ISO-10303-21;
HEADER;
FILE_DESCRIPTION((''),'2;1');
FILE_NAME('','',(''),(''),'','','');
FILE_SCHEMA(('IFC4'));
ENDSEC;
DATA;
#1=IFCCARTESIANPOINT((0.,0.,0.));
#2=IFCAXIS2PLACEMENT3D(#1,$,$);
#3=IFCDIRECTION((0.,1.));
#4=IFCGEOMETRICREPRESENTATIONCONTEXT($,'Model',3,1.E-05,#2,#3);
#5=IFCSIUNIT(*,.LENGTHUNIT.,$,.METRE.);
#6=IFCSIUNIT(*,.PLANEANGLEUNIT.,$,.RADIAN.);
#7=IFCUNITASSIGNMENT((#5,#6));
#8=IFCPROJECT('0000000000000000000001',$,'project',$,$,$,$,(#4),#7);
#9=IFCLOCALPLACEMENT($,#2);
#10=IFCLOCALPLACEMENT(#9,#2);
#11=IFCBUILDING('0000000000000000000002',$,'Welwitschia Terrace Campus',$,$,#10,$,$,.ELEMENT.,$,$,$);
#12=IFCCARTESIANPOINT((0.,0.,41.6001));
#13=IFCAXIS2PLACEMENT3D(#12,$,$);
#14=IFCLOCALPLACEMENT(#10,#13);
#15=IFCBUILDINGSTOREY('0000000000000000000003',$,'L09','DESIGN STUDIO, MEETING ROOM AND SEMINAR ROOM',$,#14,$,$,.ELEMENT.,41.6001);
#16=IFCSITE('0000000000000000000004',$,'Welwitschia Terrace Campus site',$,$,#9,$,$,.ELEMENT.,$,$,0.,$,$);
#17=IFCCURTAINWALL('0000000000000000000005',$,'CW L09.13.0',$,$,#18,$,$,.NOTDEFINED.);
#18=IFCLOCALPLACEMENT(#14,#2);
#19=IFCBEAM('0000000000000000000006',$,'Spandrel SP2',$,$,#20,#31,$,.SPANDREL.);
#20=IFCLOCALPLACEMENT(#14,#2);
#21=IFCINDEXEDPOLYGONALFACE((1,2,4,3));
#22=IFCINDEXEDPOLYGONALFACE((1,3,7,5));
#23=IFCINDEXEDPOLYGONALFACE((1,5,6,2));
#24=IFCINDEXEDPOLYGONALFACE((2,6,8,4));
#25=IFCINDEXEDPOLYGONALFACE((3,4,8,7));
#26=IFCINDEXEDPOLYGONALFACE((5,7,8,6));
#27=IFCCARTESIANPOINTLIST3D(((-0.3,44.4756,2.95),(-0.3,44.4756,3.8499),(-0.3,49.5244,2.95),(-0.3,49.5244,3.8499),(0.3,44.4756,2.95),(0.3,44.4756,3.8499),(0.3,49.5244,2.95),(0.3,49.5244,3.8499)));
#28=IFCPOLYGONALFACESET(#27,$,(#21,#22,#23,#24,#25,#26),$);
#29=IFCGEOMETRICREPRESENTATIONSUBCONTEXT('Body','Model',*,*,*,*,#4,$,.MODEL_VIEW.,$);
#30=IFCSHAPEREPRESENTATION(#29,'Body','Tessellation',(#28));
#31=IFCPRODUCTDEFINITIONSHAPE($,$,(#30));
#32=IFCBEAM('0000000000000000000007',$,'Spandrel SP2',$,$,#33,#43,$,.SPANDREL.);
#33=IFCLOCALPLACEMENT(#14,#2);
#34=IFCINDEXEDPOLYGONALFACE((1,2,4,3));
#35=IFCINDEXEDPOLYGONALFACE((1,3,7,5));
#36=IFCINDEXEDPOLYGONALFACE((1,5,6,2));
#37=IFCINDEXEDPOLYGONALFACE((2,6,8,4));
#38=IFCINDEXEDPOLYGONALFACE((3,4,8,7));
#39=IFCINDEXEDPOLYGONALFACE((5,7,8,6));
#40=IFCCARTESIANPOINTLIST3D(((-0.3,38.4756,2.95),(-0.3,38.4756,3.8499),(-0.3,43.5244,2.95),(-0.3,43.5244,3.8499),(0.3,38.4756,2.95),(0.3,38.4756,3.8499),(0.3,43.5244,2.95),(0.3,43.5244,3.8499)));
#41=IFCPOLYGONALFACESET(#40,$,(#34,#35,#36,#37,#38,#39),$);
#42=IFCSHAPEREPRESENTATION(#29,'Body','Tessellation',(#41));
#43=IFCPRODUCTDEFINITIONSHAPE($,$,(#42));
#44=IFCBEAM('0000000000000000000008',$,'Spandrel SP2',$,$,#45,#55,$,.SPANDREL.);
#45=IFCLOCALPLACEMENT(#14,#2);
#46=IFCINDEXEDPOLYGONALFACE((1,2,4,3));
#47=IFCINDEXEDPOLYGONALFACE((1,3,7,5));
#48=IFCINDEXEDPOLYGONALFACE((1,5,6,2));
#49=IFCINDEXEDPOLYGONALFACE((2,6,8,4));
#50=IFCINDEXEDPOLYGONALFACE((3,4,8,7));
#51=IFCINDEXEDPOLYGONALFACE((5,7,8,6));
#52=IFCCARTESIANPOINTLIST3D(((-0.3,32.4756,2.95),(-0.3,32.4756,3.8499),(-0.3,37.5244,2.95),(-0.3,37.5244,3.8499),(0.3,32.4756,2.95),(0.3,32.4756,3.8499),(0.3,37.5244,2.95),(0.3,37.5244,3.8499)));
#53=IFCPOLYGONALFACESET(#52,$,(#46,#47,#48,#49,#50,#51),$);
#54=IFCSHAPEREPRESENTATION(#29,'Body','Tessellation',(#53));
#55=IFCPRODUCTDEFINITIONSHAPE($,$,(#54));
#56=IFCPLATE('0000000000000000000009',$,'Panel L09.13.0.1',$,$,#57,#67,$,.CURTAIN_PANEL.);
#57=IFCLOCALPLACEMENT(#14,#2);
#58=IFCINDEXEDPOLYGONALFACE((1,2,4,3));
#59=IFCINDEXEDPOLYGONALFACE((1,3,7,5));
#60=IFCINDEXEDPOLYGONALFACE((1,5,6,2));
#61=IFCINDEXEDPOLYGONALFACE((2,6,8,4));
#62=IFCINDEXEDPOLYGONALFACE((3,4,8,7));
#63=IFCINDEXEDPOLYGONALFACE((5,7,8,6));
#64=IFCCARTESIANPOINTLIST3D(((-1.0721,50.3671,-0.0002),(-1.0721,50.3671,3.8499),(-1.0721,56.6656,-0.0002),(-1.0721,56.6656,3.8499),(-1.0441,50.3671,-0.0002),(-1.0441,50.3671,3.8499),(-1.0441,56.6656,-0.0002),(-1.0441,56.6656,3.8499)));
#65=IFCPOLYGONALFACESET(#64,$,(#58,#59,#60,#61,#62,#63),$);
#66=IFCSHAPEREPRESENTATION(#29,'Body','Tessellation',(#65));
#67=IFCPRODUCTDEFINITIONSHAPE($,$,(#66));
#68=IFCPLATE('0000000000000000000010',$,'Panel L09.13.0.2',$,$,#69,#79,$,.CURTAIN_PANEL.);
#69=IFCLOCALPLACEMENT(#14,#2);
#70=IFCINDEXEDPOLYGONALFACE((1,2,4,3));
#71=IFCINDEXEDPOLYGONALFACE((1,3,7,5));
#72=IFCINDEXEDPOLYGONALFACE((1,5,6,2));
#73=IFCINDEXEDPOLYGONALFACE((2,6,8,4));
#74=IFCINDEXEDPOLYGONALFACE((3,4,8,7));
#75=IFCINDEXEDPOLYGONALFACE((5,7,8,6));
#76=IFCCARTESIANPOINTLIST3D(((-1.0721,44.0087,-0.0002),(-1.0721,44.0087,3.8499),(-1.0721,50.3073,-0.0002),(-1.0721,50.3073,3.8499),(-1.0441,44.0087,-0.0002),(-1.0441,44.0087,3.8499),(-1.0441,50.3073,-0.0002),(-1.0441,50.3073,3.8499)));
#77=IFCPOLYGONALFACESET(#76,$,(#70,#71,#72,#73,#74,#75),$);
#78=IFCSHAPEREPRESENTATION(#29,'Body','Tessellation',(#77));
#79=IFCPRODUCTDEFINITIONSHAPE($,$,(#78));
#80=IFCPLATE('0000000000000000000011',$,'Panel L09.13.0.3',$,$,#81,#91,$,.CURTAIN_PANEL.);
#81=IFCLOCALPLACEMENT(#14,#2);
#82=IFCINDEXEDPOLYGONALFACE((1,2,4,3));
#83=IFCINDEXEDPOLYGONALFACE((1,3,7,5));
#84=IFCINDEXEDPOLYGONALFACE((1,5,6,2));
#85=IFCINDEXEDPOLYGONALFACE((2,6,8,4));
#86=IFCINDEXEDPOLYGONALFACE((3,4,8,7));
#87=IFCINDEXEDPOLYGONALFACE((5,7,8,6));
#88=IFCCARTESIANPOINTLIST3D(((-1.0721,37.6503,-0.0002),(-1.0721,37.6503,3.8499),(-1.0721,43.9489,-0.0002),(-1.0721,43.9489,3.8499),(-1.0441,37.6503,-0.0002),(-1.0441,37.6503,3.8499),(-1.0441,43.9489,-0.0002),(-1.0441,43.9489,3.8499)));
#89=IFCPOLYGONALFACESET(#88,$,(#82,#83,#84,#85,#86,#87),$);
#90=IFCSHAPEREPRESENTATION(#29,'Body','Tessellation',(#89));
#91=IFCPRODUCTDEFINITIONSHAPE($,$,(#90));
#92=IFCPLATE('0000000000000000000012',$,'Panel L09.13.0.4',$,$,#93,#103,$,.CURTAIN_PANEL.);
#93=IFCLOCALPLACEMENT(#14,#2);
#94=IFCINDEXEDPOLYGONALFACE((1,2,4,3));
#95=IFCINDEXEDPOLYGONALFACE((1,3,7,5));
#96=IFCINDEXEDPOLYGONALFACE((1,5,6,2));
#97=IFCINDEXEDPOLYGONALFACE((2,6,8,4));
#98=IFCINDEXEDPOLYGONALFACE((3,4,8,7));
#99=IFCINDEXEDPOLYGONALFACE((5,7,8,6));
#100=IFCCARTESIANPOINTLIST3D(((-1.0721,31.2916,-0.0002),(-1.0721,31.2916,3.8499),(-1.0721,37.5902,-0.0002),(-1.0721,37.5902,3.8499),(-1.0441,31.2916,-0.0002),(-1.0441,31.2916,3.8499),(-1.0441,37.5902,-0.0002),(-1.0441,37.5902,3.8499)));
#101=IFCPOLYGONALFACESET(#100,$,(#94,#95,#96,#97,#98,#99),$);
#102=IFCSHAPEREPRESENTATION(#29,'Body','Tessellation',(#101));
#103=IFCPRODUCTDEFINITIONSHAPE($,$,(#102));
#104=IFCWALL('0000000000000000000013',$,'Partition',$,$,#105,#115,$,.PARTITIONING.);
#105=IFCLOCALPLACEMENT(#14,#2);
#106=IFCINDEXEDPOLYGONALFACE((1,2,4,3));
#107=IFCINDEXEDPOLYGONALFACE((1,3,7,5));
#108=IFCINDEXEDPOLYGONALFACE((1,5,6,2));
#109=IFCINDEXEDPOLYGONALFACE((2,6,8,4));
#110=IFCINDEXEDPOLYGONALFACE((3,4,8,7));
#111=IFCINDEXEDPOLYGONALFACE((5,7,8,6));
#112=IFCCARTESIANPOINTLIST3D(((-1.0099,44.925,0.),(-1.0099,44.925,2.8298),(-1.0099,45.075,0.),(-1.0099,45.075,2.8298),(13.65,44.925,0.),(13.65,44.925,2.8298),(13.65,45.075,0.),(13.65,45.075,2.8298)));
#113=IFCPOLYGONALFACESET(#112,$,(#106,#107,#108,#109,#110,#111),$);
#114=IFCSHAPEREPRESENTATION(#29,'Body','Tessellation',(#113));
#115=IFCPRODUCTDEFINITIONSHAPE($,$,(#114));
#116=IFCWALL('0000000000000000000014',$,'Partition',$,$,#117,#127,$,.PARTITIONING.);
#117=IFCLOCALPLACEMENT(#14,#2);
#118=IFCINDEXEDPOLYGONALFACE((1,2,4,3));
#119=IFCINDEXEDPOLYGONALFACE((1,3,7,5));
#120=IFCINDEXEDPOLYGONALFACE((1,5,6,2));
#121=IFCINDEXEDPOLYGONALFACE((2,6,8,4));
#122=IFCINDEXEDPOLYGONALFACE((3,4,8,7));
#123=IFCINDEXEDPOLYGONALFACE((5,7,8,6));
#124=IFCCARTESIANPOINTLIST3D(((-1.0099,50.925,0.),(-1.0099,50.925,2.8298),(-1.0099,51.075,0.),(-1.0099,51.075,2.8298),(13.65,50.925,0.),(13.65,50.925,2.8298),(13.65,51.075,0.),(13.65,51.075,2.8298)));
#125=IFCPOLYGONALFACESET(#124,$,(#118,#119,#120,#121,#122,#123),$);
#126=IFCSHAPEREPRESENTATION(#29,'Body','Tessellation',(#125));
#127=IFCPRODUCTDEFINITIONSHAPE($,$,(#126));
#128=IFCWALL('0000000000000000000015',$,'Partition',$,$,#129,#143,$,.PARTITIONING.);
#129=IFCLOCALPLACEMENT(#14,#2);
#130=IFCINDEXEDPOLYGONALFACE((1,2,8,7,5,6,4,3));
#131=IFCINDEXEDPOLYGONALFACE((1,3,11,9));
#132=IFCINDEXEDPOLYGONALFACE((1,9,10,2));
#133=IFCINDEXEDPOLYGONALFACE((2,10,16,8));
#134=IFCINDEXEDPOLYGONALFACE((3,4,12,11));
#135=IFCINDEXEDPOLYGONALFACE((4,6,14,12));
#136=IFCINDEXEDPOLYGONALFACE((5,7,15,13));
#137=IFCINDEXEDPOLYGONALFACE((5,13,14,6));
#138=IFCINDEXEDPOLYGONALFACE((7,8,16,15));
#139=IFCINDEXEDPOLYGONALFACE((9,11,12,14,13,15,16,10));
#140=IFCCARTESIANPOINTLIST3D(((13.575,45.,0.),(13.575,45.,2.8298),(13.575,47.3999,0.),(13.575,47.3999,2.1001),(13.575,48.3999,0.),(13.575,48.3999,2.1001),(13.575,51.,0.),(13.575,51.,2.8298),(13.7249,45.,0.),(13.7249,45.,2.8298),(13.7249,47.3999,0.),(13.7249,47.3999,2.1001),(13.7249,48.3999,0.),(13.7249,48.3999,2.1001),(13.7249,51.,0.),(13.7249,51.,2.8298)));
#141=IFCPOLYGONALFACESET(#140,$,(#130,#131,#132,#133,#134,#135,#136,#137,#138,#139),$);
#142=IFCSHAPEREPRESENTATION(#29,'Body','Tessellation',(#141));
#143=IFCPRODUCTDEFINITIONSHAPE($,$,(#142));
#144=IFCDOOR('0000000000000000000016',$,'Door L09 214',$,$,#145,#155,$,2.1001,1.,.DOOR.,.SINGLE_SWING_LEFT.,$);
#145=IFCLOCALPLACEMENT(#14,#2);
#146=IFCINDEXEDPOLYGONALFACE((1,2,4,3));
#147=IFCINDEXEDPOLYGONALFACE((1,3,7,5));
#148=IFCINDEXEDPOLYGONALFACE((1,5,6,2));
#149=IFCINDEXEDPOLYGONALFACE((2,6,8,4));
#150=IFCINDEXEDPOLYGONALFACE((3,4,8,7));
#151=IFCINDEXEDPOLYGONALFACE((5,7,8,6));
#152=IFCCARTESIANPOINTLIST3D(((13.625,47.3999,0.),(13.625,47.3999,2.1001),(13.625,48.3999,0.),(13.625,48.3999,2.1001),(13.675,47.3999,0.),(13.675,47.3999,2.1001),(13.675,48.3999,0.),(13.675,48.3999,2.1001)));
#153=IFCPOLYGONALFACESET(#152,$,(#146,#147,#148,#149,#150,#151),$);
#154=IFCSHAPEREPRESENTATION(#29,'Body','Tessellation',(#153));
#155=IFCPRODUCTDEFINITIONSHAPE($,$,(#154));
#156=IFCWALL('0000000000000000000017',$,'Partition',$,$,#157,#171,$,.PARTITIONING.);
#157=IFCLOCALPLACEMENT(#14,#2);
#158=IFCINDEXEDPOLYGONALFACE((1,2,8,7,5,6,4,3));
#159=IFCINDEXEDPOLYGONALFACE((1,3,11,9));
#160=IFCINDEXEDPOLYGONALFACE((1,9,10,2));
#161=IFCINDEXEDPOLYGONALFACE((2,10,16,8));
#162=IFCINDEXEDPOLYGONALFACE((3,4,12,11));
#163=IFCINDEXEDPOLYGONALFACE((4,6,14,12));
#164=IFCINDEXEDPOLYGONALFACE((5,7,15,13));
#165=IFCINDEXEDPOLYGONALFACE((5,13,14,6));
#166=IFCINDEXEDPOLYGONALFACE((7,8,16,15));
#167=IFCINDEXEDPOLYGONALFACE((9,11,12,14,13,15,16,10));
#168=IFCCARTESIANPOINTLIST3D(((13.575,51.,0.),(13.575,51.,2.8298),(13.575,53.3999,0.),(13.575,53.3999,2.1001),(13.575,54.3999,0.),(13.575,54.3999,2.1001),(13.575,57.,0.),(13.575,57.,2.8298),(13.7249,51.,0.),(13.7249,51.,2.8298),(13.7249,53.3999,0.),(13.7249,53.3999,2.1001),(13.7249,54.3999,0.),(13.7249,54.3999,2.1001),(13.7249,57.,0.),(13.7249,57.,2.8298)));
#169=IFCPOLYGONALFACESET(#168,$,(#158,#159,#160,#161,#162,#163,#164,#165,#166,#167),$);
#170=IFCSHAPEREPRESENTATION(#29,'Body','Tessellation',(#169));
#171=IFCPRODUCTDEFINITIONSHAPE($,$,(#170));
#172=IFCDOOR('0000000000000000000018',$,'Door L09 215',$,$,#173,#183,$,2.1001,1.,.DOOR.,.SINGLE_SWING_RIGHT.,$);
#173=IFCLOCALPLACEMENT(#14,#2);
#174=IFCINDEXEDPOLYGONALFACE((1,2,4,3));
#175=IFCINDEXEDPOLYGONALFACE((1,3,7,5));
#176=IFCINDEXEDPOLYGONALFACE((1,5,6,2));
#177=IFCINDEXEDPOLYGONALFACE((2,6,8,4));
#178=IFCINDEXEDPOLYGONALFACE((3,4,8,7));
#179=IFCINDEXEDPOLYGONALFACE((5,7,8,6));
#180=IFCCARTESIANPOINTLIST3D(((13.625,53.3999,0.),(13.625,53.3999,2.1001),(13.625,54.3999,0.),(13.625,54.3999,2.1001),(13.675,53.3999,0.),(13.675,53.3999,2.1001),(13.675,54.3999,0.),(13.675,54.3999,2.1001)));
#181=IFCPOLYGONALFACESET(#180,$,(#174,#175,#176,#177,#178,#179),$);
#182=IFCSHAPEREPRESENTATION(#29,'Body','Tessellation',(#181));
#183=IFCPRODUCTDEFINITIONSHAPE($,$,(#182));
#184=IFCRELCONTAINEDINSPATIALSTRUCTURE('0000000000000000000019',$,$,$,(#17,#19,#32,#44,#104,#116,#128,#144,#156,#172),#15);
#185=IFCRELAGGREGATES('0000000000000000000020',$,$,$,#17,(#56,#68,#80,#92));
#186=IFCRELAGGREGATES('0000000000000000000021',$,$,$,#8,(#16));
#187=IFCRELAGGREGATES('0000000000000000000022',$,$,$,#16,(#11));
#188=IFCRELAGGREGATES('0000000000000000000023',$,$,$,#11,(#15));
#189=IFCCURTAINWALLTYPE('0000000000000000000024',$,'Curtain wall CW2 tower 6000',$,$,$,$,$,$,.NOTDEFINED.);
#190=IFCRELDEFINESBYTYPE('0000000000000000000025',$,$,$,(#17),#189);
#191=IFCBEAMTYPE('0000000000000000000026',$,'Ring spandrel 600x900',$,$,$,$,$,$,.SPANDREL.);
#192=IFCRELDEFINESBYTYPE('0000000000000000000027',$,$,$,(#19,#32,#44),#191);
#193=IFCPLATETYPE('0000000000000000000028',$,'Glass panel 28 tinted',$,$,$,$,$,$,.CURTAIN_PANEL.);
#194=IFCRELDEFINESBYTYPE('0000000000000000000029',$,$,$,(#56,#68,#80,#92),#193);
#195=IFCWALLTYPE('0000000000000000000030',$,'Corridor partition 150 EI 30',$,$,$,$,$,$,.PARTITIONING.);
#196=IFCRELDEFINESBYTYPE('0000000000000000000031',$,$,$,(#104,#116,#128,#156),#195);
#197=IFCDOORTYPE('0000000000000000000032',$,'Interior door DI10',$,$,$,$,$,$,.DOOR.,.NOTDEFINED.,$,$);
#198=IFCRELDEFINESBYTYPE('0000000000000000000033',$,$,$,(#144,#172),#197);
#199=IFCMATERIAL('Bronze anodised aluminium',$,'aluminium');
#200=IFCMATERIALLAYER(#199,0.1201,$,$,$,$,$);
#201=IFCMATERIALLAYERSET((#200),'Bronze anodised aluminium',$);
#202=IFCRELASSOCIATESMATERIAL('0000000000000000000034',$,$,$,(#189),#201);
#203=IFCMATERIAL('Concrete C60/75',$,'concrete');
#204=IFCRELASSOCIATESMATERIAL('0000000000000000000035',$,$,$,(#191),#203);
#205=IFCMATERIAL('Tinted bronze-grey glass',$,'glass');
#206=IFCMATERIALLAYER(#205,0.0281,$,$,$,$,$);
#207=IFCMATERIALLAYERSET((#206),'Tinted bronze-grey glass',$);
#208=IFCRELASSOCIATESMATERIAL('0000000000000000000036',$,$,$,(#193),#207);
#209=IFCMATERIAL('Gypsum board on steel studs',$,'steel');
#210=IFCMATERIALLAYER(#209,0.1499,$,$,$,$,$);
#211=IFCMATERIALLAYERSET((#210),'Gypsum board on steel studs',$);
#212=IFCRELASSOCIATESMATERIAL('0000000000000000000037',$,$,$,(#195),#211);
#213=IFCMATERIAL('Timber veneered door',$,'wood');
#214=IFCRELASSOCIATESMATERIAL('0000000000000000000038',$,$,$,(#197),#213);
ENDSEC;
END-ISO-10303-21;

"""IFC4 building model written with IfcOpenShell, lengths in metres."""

from ifc_helpers import new_model, si_unit, direction, frame, frame_2d, origin, origin_2d, place, context, subcontext, project, spatial, rectangle, extrude, material, layer, layer_set, material_profile, profile_set, type_object, element, fill, aggregate, save


model = new_model("IFC4")

# Units and contexts
model_context = context("Model", 3, precision=1e-05, world=origin(), true_north=direction((0.0, 1.0)))
body_context = subcontext(model_context, "Body", "Model", "MODEL_VIEW")
ifc_project = project(units=[si_unit("LENGTHUNIT", "METRE"), si_unit("PLANEANGLEUNIT", "RADIAN")], contexts=[model_context])

# Site, building, storey
site_placement = place(None, origin())
site = spatial("IfcSite", under=ifc_project, at=site_placement, Name="Welwitschia Terrace Campus site", CompositionType="ELEMENT", RefElevation=0.0)
building_placement = place(site_placement, origin())
building = spatial("IfcBuilding", under=site, at=building_placement, Name="Welwitschia Terrace Campus", CompositionType="ELEMENT")
storey_placement = place(building_placement, frame((0.0, 0.0, 41.6001)))
storey = spatial("IfcBuildingStorey", under=building, at=storey_placement, Name="L09", Description="DESIGN STUDIO, MEETING ROOM AND SEMINAR ROOM", CompositionType="ELEMENT", Elevation=41.6001)

# Curtain wall
ifc_material_1 = material(Name="Bronze anodised aluminium", Category="aluminium")
ifc_layer_1 = layer(ifc_material_1, 0.1201)
ifc_layer_set_1 = layer_set([ifc_layer_1], Name="Bronze anodised aluminium")
curtain_wall_type = type_object("IfcCurtainWallType", Name="Curtain wall CW2 tower 6000", PredefinedType="NOTDEFINED", material=ifc_layer_set_1)
curtain_wall_placement = place(storey_placement, origin())
curtain_wall = element("IfcCurtainWall", 1, at=curtain_wall_placement, inside=storey, type_object=curtain_wall_type, Name="CW L09.13.0", PredefinedType="NOTDEFINED")

# Beams
ifc_material_2 = material(Name="Concrete C60/75", Category="concrete")
ifc_material_profile_1 = material_profile(ifc_material_2, rectangle(XDim=0.6001, YDim=0.8999, at=origin_2d()))
ifc_profile_set_1 = profile_set([ifc_material_profile_1], Name="Concrete C60/75")
beam_type_1 = type_object("IfcBeamType", Name="Ring spandrel 600x900", PredefinedType="SPANDREL", material=ifc_profile_set_1)
for number, where, z_axis, x_axis, name in (
    (2, (0.0, 49.5244, 3.3999), (0.0, -1.0, 0.0), (1.0, 0.0, 0.0), "Spandrel SP2"),
    (3, (0.0, 43.5244, 3.3999), (0.0, -1.0, 0.0), (1.0, 0.0, 0.0), "Spandrel SP2"),
    (4, (0.0, 37.5244, 3.3999), (0.0, -1.0, 0.0), (1.0, 0.0, 0.0), "Spandrel SP2"),
):
    element("IfcBeam", number, at=place(storey_placement, frame(where, z_axis=z_axis, x_axis=x_axis)), inside=storey, type_object=beam_type_1, Name=name, PredefinedType="SPANDREL", context=body_context, shape_type="SweptSolid", body=[
        extrude(rectangle(XDim=0.6001, YDim=0.8999, at=origin_2d()), origin(), (0.0, 0.0, 1.0), 5.0488),
    ])

# Plates
ifc_material_3 = material(Name="Tinted bronze-grey glass", Category="glass")
ifc_layer_2 = layer(ifc_material_3, 0.0281)
ifc_layer_set_2 = layer_set([ifc_layer_2], Name="Tinted bronze-grey glass")
plate_type = type_object("IfcPlateType", Name="Glass panel 28 tinted", PredefinedType="CURTAIN_PANEL", material=ifc_layer_set_2)
plate_1_placement = place(storey_placement, frame((-1.0581, 53.5164, -0.0002), z_axis=(0.0, 0.0, 1.0), x_axis=(0.0, -1.0, 0.0)))
plate_1 = element("IfcPlate", 5, at=plate_1_placement, type_object=plate_type, Name="Panel L09.13.0.1", PredefinedType="CURTAIN_PANEL", context=body_context, shape_type="SweptSolid", body=[
    extrude(rectangle(XDim=6.2986, YDim=0.0281, at=origin_2d()), origin(), (0.0, 0.0, 1.0), 3.8501),
])
plate_2_placement = place(storey_placement, frame((-1.0581, 47.158, -0.0002), z_axis=(0.0, 0.0, 1.0), x_axis=(0.0, -1.0, 0.0)))
plate_2 = element("IfcPlate", 6, at=plate_2_placement, type_object=plate_type, Name="Panel L09.13.0.2", PredefinedType="CURTAIN_PANEL", context=body_context, shape_type="SweptSolid", body=[
    extrude(rectangle(XDim=6.2986, YDim=0.0281, at=origin_2d()), origin(), (0.0, 0.0, 1.0), 3.8501),
])
plate_3_placement = place(storey_placement, frame((-1.0581, 40.7996, -0.0002), z_axis=(0.0, 0.0, 1.0), x_axis=(0.0, -1.0, 0.0)))
plate_3 = element("IfcPlate", 7, at=plate_3_placement, type_object=plate_type, Name="Panel L09.13.0.3", PredefinedType="CURTAIN_PANEL", context=body_context, shape_type="SweptSolid", body=[
    extrude(rectangle(XDim=6.2986, YDim=0.0281, at=origin_2d()), origin(), (0.0, 0.0, 1.0), 3.8501),
])
plate_4_placement = place(storey_placement, frame((-1.0581, 34.4409, -0.0002), z_axis=(0.0, 0.0, 1.0), x_axis=(0.0, -1.0, 0.0)))
plate_4 = element("IfcPlate", 8, at=plate_4_placement, type_object=plate_type, Name="Panel L09.13.0.4", PredefinedType="CURTAIN_PANEL", context=body_context, shape_type="SweptSolid", body=[
    extrude(rectangle(XDim=6.2986, YDim=0.0281, at=origin_2d()), origin(), (0.0, 0.0, 1.0), 3.8501),
])
aggregate(curtain_wall, [plate_1, plate_2, plate_3, plate_4])

# Walls
ifc_material_4 = material(Name="Gypsum board on steel studs", Category="steel")
ifc_layer_3 = layer(ifc_material_4, 0.1499)
ifc_layer_set_3 = layer_set([ifc_layer_3], Name="Gypsum board on steel studs")
wall_type = type_object("IfcWallType", Name="Corridor partition 150 EI 30", PredefinedType="PARTITIONING", material=ifc_layer_set_3)
for number, where, z_axis, x_axis, name in (
    (9, (-1.01, 45.0, 0.0), (0.0, 0.0, 1.0), (1.0, 0.0, 0.0), "Partition"),
    (10, (-1.01, 51.0, 0.0), (0.0, 0.0, 1.0), (1.0, 0.0, 0.0), "Partition"),
):
    element("IfcWall", number, at=place(storey_placement, frame(where, z_axis=z_axis, x_axis=x_axis)), inside=storey, type_object=wall_type, Name=name, PredefinedType="PARTITIONING", context=body_context, shape_type="SweptSolid", body=[
        extrude(rectangle(XDim=14.6599, YDim=0.1499, at=frame_2d((7.3301, 0.0))), origin(), (0.0, 0.0, 1.0), 2.8298),
    ])

# Walls, openings, doors
wall_1_placement = place(storey_placement, frame((13.6499, 45.0, 0.0), z_axis=(0.0, 0.0, 1.0), x_axis=(0.0, 1.0, 0.0)))
wall_1 = element("IfcWall", 11, at=wall_1_placement, inside=storey, type_object=wall_type, Name="Partition", PredefinedType="PARTITIONING", context=body_context, shape_type="SweptSolid", body=[
    extrude(rectangle(XDim=6.0, YDim=0.1499, at=frame_2d((3.0, 0.0))), origin(), (0.0, 0.0, 1.0), 2.8298),
])
opening_1_placement = place(wall_1_placement, frame((2.3999, 0.0, 0.0)))
opening_1 = element("IfcOpeningElement", 12, at=opening_1_placement, cuts=wall_1, PredefinedType="OPENING", context=body_context, shape_type="SweptSolid", body=[
    extrude(rectangle(XDim=1.0, YDim=2.1001, at=frame_2d((0.5, 1.05))), frame((0.0, 0.085, 0.0), z_axis=(0.0, -1.0, 0.0), x_axis=(1.0, 0.0, 0.0)), (0.0, 0.0, 1.0), 0.1699),
])
ifc_material_5 = material(Name="Timber veneered door", Category="wood")
door_type = type_object("IfcDoorType", Name="Interior door DI10", OperationType="NOTDEFINED", PredefinedType="DOOR", material=ifc_material_5)
door_1_placement = place(opening_1_placement, origin())
door_1 = element("IfcDoor", 13, at=door_1_placement, inside=storey, type_object=door_type, Name="Door L09 214", OperationType="SINGLE_SWING_LEFT", OverallHeight=2.1001, OverallWidth=1.0, PredefinedType="DOOR", context=body_context, shape_type="SweptSolid", body=[
    extrude(rectangle(XDim=1.0, YDim=2.1001, at=frame_2d((0.5, 1.05))), frame((0.0, 0.0249, 0.0), z_axis=(0.0, -1.0, 0.0), x_axis=(1.0, 0.0, 0.0)), (0.0, 0.0, 1.0), 0.05),
])
fill(opening_1, door_1)
wall_2_placement = place(storey_placement, frame((13.6499, 51.0, 0.0), z_axis=(0.0, 0.0, 1.0), x_axis=(0.0, 1.0, 0.0)))
wall_2 = element("IfcWall", 14, at=wall_2_placement, inside=storey, type_object=wall_type, Name="Partition", PredefinedType="PARTITIONING", context=body_context, shape_type="SweptSolid", body=[
    extrude(rectangle(XDim=6.0, YDim=0.1499, at=frame_2d((3.0, 0.0))), origin(), (0.0, 0.0, 1.0), 2.8298),
])
opening_2_placement = place(wall_2_placement, frame((2.3999, 0.0, 0.0)))
opening_2 = element("IfcOpeningElement", 15, at=opening_2_placement, cuts=wall_2, PredefinedType="OPENING", context=body_context, shape_type="SweptSolid", body=[
    extrude(rectangle(XDim=1.0, YDim=2.1001, at=frame_2d((0.5, 1.05))), frame((0.0, 0.085, 0.0), z_axis=(0.0, -1.0, 0.0), x_axis=(1.0, 0.0, 0.0)), (0.0, 0.0, 1.0), 0.1699),
])
door_2_placement = place(opening_2_placement, origin())
door_2 = element("IfcDoor", 16, at=door_2_placement, inside=storey, type_object=door_type, Name="Door L09 215", OperationType="SINGLE_SWING_RIGHT", OverallHeight=2.1001, OverallWidth=1.0, PredefinedType="DOOR", context=body_context, shape_type="SweptSolid", body=[
    extrude(rectangle(XDim=1.0, YDim=2.1001, at=frame_2d((0.5, 1.05))), frame((0.0, 0.0249, 0.0), z_axis=(0.0, -1.0, 0.0), x_axis=(1.0, 0.0, 0.0)), (0.0, 0.0, 1.0), 0.05),
])
fill(opening_2, door_2)

save(model, "model.ifc")
